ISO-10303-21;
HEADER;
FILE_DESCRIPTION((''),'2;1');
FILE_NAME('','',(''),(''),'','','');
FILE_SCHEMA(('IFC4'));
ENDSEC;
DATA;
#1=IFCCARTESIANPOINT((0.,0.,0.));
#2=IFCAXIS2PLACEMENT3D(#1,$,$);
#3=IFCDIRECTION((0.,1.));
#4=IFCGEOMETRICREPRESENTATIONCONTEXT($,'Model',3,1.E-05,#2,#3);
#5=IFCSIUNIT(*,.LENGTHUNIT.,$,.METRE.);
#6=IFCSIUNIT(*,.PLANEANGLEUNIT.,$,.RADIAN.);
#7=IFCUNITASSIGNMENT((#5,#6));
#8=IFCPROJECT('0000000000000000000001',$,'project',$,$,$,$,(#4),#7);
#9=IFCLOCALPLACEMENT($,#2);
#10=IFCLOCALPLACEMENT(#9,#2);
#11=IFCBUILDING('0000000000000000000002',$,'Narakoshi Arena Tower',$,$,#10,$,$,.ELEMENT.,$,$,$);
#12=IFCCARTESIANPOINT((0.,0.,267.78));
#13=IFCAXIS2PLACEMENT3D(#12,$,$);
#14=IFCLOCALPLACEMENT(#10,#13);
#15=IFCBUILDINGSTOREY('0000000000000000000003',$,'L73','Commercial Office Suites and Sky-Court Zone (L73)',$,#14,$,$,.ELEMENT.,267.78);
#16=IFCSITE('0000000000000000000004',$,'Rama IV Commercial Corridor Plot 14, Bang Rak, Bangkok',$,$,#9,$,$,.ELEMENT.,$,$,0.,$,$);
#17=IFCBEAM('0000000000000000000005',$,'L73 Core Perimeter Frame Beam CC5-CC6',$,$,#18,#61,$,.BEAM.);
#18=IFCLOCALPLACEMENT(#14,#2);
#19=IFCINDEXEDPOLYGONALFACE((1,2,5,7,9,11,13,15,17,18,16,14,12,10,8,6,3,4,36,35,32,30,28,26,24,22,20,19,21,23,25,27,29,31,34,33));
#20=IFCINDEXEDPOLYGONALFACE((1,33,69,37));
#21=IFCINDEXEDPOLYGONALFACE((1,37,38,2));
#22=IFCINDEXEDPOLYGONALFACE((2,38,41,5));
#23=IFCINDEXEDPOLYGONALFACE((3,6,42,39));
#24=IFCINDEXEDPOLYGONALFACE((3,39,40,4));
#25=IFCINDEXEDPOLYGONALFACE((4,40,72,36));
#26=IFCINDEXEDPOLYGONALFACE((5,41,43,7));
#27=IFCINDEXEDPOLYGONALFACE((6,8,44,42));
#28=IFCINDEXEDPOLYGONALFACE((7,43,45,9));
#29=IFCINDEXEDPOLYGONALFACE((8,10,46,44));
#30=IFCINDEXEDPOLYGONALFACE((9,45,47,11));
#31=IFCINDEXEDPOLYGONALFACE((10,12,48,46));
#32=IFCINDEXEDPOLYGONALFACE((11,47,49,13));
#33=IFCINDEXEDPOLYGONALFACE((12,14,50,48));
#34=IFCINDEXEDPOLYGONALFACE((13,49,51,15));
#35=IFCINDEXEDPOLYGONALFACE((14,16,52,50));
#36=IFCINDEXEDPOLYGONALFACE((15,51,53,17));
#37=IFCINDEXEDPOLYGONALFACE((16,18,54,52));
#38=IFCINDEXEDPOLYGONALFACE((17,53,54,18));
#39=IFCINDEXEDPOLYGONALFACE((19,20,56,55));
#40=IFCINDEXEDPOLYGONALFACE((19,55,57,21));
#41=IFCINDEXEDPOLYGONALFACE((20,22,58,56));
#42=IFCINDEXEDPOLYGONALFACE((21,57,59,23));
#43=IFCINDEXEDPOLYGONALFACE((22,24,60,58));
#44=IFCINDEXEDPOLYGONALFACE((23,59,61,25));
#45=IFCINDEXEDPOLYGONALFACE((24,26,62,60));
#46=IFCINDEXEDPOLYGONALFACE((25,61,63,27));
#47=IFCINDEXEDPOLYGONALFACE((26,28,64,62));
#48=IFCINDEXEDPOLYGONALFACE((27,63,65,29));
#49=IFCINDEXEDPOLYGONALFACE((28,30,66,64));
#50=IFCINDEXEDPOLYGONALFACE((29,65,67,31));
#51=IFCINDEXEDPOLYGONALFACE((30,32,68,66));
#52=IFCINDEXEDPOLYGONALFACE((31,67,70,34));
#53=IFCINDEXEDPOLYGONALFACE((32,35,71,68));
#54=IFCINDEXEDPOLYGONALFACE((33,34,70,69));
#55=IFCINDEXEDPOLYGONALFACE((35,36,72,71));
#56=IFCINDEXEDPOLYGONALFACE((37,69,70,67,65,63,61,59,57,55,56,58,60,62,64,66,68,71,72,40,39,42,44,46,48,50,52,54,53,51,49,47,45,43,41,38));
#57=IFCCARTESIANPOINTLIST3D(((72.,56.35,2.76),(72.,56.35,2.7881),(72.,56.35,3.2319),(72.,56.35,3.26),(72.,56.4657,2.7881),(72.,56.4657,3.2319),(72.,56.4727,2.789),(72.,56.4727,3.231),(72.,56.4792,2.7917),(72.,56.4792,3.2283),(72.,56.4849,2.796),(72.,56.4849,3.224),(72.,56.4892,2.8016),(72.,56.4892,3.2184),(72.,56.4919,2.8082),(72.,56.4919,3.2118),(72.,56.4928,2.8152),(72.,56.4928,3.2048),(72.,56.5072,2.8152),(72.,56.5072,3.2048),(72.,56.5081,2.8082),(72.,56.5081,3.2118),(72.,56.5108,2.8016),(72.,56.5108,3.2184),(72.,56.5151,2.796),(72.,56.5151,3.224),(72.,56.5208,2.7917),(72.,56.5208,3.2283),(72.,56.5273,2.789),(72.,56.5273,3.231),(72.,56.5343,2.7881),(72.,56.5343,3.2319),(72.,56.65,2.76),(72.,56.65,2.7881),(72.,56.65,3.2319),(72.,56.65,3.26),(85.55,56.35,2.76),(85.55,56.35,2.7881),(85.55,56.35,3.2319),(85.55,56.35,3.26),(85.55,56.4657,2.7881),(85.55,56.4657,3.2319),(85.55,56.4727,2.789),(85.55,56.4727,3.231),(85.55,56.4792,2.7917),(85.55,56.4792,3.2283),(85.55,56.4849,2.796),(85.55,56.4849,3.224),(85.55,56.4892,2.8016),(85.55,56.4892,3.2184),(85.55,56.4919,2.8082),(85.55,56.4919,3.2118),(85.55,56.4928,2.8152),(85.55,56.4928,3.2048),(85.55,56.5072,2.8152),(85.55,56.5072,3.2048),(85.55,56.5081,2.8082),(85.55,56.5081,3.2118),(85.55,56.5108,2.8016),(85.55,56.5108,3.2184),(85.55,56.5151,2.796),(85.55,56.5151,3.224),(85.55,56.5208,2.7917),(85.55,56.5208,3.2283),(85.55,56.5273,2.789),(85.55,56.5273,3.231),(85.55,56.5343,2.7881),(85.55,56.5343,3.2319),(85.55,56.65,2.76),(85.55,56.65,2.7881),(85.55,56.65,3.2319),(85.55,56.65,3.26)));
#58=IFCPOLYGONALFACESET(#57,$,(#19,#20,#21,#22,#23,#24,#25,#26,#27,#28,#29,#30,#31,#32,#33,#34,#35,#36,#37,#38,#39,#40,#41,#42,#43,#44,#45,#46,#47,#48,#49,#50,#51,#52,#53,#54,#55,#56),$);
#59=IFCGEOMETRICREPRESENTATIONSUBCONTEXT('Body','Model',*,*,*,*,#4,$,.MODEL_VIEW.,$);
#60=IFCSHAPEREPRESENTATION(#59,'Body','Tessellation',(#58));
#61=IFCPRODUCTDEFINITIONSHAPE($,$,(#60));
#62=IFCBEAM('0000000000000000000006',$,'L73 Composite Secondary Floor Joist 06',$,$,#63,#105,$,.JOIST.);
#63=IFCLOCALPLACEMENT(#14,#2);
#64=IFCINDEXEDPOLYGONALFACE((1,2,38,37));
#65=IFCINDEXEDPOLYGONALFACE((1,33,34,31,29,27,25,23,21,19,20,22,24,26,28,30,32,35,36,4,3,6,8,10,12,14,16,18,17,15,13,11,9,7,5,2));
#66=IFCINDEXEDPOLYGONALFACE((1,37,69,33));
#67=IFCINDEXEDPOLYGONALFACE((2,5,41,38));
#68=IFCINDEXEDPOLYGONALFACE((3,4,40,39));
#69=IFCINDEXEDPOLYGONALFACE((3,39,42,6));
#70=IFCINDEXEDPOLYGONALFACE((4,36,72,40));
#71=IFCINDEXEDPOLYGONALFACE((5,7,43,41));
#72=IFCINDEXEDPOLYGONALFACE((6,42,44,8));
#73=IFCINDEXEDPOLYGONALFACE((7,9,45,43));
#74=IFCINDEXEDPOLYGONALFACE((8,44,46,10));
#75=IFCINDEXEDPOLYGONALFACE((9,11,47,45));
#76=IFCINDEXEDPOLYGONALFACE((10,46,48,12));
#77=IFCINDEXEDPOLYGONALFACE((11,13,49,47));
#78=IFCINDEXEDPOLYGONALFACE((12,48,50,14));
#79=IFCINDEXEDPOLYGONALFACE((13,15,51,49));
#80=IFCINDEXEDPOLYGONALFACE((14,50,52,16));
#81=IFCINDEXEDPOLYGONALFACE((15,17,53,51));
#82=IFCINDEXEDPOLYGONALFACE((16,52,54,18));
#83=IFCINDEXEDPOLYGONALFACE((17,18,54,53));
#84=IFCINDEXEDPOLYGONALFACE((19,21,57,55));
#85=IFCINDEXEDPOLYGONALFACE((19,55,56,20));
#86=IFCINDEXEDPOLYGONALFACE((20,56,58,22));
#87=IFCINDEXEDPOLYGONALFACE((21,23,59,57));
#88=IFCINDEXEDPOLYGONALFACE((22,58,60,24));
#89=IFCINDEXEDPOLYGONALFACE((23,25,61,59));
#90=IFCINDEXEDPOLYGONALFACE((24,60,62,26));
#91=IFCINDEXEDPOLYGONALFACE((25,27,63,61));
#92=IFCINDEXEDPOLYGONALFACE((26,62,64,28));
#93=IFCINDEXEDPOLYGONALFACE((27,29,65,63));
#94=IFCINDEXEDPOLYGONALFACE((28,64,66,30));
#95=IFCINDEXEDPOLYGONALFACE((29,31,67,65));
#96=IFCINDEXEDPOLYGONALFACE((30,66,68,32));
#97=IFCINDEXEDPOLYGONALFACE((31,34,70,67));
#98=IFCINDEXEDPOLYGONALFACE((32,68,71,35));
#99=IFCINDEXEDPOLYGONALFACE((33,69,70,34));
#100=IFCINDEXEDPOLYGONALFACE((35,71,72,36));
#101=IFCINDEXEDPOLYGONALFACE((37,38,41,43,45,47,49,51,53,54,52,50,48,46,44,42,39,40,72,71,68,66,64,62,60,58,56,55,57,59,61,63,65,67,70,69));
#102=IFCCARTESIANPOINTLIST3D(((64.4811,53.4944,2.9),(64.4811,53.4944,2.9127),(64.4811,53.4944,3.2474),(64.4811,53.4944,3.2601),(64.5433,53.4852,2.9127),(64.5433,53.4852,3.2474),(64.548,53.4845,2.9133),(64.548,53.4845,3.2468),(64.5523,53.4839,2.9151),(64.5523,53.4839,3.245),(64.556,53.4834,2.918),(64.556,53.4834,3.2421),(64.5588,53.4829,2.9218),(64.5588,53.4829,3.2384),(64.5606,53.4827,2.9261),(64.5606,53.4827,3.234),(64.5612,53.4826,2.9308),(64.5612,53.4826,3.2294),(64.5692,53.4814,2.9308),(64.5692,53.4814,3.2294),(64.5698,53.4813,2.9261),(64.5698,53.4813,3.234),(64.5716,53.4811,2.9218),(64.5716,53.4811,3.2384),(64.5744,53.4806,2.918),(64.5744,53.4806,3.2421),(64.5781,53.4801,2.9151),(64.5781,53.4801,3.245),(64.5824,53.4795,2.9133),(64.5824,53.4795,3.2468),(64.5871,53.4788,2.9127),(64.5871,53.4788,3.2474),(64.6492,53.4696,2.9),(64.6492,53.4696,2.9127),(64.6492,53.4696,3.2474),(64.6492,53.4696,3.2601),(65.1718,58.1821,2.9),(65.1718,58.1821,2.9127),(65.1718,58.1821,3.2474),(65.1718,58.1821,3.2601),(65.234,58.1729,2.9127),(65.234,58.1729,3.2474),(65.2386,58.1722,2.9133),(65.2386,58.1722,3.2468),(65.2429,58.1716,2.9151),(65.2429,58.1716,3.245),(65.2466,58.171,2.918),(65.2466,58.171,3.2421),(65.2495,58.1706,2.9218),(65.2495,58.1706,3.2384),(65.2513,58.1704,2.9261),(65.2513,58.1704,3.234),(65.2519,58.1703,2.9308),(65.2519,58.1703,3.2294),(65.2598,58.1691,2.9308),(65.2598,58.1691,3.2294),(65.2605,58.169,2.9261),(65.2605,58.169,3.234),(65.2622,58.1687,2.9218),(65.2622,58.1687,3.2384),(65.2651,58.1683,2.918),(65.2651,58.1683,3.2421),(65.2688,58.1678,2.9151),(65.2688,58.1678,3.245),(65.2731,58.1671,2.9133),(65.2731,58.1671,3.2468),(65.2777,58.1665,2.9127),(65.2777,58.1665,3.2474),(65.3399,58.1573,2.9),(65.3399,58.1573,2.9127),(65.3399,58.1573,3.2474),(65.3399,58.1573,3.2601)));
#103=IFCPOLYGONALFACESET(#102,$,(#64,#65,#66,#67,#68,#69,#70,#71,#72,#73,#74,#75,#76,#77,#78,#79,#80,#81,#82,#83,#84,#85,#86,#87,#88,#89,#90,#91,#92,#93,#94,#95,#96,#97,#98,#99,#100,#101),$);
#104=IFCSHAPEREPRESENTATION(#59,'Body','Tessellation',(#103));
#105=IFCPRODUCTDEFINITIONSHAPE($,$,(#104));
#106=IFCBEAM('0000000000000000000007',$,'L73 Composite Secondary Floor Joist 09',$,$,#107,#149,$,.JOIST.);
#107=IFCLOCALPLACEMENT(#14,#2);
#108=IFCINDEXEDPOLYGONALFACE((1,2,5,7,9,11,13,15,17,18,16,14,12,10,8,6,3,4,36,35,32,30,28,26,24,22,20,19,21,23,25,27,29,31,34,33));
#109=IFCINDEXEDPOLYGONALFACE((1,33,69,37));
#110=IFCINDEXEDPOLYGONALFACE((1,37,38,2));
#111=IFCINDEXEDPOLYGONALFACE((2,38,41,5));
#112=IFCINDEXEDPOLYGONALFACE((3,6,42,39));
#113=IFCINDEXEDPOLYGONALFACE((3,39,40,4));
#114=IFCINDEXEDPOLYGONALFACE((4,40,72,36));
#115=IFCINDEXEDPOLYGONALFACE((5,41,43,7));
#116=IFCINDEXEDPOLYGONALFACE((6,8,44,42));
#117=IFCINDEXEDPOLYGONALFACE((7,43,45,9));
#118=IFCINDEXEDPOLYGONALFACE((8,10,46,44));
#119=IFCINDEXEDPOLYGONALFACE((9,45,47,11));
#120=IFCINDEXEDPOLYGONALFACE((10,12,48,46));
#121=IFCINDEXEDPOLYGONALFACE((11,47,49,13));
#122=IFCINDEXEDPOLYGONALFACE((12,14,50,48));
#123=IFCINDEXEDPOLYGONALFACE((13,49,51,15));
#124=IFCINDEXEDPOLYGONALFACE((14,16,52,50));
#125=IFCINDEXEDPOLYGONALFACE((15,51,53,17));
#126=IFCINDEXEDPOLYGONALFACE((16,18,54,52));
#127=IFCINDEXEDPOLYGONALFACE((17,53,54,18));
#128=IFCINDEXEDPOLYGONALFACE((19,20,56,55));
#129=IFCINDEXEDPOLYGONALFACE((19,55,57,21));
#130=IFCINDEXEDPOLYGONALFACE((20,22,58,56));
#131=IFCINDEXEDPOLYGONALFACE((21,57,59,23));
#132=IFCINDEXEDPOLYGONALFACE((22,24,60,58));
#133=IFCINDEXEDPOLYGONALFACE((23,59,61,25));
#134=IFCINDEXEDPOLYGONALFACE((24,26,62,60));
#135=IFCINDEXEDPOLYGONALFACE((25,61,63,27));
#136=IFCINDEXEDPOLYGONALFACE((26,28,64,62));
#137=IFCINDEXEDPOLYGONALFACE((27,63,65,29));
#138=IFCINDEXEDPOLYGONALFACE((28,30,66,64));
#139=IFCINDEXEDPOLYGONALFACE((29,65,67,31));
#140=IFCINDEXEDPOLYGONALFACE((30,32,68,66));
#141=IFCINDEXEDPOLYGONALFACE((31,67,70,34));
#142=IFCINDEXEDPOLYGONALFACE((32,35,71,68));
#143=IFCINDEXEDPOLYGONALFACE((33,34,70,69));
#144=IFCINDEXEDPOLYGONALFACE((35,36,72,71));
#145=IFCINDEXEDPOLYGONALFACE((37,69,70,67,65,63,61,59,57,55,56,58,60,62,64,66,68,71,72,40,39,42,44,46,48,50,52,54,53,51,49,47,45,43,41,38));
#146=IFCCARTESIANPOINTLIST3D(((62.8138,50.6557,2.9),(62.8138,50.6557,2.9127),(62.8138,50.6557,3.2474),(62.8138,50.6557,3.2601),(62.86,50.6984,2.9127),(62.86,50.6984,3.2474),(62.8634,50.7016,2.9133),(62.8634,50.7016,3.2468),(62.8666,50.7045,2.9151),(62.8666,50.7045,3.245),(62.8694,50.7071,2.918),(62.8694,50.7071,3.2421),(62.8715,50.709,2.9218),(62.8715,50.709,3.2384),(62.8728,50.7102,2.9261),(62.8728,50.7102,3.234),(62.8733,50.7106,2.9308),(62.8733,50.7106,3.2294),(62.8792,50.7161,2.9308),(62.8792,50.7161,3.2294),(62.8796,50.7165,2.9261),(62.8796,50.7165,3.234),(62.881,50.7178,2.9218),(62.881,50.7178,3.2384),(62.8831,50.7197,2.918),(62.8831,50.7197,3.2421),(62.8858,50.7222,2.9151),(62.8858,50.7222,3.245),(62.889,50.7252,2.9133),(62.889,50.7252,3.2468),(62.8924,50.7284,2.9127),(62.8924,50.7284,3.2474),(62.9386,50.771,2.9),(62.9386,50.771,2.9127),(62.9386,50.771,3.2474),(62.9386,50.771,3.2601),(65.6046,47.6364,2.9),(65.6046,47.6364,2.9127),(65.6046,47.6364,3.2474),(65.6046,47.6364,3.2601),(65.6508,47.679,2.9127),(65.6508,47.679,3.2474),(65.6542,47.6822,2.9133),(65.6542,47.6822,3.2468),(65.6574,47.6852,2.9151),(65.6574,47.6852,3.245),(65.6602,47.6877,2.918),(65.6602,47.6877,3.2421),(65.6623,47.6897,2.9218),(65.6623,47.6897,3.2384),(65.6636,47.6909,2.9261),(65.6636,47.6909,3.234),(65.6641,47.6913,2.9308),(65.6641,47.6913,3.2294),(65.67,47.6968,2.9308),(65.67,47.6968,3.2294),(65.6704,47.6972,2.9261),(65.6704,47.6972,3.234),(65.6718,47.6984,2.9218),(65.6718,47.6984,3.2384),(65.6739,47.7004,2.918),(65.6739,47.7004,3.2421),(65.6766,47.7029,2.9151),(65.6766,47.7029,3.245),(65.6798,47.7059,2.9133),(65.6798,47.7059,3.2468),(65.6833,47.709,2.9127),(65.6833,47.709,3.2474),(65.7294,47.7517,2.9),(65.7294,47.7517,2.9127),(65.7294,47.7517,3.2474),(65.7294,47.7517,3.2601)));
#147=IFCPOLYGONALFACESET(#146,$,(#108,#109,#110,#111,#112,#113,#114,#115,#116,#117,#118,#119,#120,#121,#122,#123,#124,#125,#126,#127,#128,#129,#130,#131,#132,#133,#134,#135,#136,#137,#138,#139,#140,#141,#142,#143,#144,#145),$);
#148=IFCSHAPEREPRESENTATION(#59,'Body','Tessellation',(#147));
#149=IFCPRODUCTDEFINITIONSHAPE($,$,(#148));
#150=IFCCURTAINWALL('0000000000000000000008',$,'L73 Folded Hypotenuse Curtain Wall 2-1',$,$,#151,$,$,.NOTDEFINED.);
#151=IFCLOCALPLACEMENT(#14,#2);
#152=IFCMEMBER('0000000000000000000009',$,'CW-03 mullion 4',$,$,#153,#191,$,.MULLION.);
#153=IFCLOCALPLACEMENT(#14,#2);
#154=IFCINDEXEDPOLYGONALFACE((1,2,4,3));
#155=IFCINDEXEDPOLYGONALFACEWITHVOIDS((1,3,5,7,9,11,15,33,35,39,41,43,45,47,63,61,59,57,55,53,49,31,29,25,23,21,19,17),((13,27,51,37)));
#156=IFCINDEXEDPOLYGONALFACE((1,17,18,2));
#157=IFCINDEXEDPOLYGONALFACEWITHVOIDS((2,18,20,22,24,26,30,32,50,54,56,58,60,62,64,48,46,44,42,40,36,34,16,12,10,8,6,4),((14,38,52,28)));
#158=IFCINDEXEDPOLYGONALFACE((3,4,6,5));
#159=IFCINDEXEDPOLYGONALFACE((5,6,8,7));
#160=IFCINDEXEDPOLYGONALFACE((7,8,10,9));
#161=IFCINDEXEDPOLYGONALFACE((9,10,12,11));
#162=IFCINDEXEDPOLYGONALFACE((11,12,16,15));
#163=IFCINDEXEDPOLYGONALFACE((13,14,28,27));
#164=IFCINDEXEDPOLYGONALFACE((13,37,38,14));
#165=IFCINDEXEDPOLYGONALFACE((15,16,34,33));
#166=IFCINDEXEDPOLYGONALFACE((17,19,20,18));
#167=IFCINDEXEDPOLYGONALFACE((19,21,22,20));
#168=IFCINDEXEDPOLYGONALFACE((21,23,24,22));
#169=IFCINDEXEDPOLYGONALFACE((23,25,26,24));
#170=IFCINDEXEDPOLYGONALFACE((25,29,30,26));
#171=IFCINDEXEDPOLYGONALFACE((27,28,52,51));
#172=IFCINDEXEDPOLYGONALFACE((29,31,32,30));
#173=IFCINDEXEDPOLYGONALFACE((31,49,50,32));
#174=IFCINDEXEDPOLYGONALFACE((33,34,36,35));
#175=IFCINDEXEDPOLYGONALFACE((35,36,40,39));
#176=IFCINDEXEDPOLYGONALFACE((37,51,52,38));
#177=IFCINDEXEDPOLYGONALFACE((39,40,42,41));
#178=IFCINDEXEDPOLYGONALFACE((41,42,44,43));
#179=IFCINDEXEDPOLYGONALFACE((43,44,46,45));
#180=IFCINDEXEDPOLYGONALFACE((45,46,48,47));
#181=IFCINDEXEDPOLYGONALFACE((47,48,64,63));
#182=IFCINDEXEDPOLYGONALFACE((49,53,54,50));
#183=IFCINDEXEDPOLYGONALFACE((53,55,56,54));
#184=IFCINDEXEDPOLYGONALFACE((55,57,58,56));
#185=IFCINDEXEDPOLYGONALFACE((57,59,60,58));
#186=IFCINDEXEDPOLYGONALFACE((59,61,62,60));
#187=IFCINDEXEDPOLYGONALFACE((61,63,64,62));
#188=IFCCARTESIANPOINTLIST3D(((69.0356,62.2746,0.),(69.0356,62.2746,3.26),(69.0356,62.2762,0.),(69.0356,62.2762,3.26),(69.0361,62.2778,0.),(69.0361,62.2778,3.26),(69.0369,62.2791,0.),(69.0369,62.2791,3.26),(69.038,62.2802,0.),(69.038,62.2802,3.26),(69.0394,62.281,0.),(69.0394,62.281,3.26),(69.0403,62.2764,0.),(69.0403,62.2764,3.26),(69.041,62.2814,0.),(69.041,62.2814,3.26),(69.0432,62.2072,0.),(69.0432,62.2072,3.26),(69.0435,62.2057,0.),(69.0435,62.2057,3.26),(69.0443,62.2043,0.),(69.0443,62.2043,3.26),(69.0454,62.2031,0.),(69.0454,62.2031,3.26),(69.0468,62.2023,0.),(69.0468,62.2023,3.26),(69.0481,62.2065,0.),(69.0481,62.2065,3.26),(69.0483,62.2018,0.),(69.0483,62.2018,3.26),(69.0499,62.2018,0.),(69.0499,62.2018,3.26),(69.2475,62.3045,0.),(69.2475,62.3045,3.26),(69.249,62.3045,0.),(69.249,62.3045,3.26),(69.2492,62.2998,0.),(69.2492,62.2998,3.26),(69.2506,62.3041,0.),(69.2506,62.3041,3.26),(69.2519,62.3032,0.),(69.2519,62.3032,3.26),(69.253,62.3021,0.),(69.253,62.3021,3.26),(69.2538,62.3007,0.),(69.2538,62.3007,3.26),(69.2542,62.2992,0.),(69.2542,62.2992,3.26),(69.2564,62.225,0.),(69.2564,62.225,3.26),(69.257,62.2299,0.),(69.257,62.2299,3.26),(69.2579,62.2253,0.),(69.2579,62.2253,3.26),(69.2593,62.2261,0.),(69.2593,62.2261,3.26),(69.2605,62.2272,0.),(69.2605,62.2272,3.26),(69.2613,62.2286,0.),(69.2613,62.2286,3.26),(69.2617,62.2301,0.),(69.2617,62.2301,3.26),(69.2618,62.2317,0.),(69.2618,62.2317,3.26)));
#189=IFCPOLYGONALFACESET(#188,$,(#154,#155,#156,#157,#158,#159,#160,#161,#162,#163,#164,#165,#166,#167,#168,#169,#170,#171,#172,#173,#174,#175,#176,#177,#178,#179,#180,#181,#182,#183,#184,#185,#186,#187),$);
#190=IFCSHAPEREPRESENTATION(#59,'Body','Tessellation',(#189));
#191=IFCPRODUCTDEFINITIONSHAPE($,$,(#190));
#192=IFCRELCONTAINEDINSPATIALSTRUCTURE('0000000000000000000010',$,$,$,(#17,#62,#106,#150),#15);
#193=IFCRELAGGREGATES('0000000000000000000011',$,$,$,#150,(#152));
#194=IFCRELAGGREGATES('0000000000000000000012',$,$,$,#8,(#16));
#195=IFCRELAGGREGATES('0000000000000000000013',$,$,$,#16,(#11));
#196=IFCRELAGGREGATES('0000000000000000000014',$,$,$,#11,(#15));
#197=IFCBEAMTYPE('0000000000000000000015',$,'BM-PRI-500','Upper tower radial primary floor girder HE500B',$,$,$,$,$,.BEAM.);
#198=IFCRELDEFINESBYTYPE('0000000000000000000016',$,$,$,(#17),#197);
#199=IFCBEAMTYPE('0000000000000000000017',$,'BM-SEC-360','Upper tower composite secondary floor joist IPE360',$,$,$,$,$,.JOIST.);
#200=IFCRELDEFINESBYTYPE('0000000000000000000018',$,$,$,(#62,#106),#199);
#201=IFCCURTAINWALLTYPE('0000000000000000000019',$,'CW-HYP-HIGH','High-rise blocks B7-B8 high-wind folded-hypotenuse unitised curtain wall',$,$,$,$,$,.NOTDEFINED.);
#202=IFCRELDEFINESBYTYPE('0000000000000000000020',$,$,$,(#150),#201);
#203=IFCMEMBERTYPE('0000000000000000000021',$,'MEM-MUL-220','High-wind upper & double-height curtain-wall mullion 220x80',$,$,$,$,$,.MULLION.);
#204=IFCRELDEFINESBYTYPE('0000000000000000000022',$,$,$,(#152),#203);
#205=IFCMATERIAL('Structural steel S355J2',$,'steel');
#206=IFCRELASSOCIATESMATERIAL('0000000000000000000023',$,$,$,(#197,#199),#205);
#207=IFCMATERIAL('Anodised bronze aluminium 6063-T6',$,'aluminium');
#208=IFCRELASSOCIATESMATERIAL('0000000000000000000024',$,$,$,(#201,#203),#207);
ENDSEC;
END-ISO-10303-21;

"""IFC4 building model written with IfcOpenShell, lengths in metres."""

from ifc_helpers import new_model, si_unit, direction, frame, origin, origin_2d, place, context, subcontext, project, spatial, hollow_rectangle, i_section, extrude, material, material_profile, profile_set, type_object, element, aggregate, save


model = new_model("IFC4")

# Units and contexts
model_context = context("Model", 3, precision=1e-05, world=origin(), true_north=direction((0.0, 1.0)))
body_context = subcontext(model_context, "Body", "Model", "MODEL_VIEW")
ifc_project = project(units=[si_unit("LENGTHUNIT", "METRE"), si_unit("PLANEANGLEUNIT", "RADIAN")], contexts=[model_context])

# Site, building, storey
site_placement = place(None, origin())
site = spatial("IfcSite", under=ifc_project, at=site_placement, Name="Rama IV Commercial Corridor Plot 14, Bang Rak, Bangkok", CompositionType="ELEMENT", RefElevation=0.0)
building_placement = place(site_placement, origin())
building = spatial("IfcBuilding", under=site, at=building_placement, Name="Narakoshi Arena Tower", CompositionType="ELEMENT")
storey_placement = place(building_placement, frame((0.0, 0.0, 267.78)))
storey = spatial("IfcBuildingStorey", under=building, at=storey_placement, Name="L73", Description="Commercial Office Suites and Sky-Court Zone (L73)", CompositionType="ELEMENT", Elevation=267.78)

# Beams
ifc_material_1 = material(Name="Structural steel S355J2", Category="steel")
ifc_material_profile_1 = material_profile(ifc_material_1, i_section(OverallWidth=0.3, OverallDepth=0.5, WebThickness=0.0144, FlangeThickness=0.0281, FilletRadius=0.0271, at=origin_2d()), Name="HE500B")
ifc_profile_set_1 = profile_set([ifc_material_profile_1], Name="Structural steel S355J2")
beam_type_1 = type_object("IfcBeamType", Name="BM-PRI-500", Description="Upper tower radial primary floor girder HE500B", PredefinedType="BEAM", material=ifc_profile_set_1)
beam_1_placement = place(storey_placement, frame((72.0, 56.5, 3.01), z_axis=(1.0, 0.0, 0.0), x_axis=(0.0, 1.0, 0.0)))
element("IfcBeam", 1, at=beam_1_placement, inside=storey, type_object=beam_type_1, Name="L73 Core Perimeter Frame Beam CC5-CC6", PredefinedType="BEAM", context=body_context, shape_type="SweptSolid", body=[
    extrude(i_section(OverallWidth=0.3, OverallDepth=0.5, WebThickness=0.0144, FlangeThickness=0.0281, FilletRadius=0.0271, at=origin_2d()), origin(), (0.0, 0.0, 1.0), 13.55),
])
ifc_material_profile_2 = material_profile(ifc_material_1, i_section(OverallWidth=0.1699, OverallDepth=0.3601, WebThickness=0.0081, FlangeThickness=0.0127, FilletRadius=0.0181, at=origin_2d()), Name="IPE360")
ifc_profile_set_2 = profile_set([ifc_material_profile_2], Name="Structural steel S355J2")
beam_type_2 = type_object("IfcBeamType", Name="BM-SEC-360", Description="Upper tower composite secondary floor joist IPE360", PredefinedType="JOIST", material=ifc_profile_set_2)
beam_2_placement = place(storey_placement, frame((65.2559, 58.1697, 3.0801), z_axis=(-0.145762, -0.98932, 0.0), x_axis=(0.98932, -0.145762, 0.0)))
element("IfcBeam", 2, at=beam_2_placement, inside=storey, type_object=beam_type_2, Name="L73 Composite Secondary Floor Joist 06", PredefinedType="JOIST", context=body_context, shape_type="SweptSolid", body=[
    extrude(i_section(OverallWidth=0.1699, OverallDepth=0.3601, WebThickness=0.0081, FlangeThickness=0.0127, FilletRadius=0.0181, at=origin_2d()), origin(), (0.0, 0.0, 1.0), 4.7383),
])
beam_3_placement = place(storey_placement, frame((62.8762, 50.7134, 3.0801), z_axis=(0.678771, -0.73435, 0.0), x_axis=(0.73435, 0.678771, 0.0)))
element("IfcBeam", 3, at=beam_3_placement, inside=storey, type_object=beam_type_2, Name="L73 Composite Secondary Floor Joist 09", PredefinedType="JOIST", context=body_context, shape_type="SweptSolid", body=[
    extrude(i_section(OverallWidth=0.1699, OverallDepth=0.3601, WebThickness=0.0081, FlangeThickness=0.0127, FilletRadius=0.0181, at=origin_2d()), origin(), (0.0, 0.0, 1.0), 4.1116),
])

# Curtain wall, member
ifc_material_2 = material(Name="Anodised bronze aluminium 6063-T6", Category="aluminium")
curtain_wall_type = type_object("IfcCurtainWallType", Name="CW-HYP-HIGH", Description="High-rise blocks B7-B8 high-wind folded-hypotenuse unitised curtain wall", PredefinedType="NOTDEFINED", material=ifc_material_2)
curtain_wall_placement = place(storey_placement, origin())
curtain_wall = element("IfcCurtainWall", 4, at=curtain_wall_placement, inside=storey, type_object=curtain_wall_type, Name="L73 Folded Hypotenuse Curtain Wall 2-1", PredefinedType="NOTDEFINED")
ifc_material_profile_3 = material_profile(ifc_material_2, hollow_rectangle(XDim=0.0801, YDim=0.22, WallThickness=0.0049, OuterFilletRadius=0.0061, at=origin_2d()), Name="MUL220x80x5")
ifc_profile_set_3 = profile_set([ifc_material_profile_3], Name="Anodised bronze aluminium 6063-T6")
member_type_1 = type_object("IfcMemberType", Name="MEM-MUL-220", Description="High-wind upper & double-height curtain-wall mullion 220x80", PredefinedType="MULLION", material=ifc_profile_set_3)
member_1_placement = place(storey_placement, frame((69.1487, 62.2532, 0.0), z_axis=(0.0, 0.0, 1.0), x_axis=(0.111396, -0.993776, 0.0)))
member_1 = element("IfcMember", 5, at=member_1_placement, type_object=member_type_1, Name="CW-03 mullion 4", PredefinedType="MULLION", context=body_context, shape_type="SweptSolid", body=[
    extrude(hollow_rectangle(XDim=0.0801, YDim=0.22, WallThickness=0.0049, OuterFilletRadius=0.0061, at=origin_2d()), origin(), (0.0, 0.0, 1.0), 3.26),
])
aggregate(curtain_wall, [member_1])

save(model, "model.ifc")
